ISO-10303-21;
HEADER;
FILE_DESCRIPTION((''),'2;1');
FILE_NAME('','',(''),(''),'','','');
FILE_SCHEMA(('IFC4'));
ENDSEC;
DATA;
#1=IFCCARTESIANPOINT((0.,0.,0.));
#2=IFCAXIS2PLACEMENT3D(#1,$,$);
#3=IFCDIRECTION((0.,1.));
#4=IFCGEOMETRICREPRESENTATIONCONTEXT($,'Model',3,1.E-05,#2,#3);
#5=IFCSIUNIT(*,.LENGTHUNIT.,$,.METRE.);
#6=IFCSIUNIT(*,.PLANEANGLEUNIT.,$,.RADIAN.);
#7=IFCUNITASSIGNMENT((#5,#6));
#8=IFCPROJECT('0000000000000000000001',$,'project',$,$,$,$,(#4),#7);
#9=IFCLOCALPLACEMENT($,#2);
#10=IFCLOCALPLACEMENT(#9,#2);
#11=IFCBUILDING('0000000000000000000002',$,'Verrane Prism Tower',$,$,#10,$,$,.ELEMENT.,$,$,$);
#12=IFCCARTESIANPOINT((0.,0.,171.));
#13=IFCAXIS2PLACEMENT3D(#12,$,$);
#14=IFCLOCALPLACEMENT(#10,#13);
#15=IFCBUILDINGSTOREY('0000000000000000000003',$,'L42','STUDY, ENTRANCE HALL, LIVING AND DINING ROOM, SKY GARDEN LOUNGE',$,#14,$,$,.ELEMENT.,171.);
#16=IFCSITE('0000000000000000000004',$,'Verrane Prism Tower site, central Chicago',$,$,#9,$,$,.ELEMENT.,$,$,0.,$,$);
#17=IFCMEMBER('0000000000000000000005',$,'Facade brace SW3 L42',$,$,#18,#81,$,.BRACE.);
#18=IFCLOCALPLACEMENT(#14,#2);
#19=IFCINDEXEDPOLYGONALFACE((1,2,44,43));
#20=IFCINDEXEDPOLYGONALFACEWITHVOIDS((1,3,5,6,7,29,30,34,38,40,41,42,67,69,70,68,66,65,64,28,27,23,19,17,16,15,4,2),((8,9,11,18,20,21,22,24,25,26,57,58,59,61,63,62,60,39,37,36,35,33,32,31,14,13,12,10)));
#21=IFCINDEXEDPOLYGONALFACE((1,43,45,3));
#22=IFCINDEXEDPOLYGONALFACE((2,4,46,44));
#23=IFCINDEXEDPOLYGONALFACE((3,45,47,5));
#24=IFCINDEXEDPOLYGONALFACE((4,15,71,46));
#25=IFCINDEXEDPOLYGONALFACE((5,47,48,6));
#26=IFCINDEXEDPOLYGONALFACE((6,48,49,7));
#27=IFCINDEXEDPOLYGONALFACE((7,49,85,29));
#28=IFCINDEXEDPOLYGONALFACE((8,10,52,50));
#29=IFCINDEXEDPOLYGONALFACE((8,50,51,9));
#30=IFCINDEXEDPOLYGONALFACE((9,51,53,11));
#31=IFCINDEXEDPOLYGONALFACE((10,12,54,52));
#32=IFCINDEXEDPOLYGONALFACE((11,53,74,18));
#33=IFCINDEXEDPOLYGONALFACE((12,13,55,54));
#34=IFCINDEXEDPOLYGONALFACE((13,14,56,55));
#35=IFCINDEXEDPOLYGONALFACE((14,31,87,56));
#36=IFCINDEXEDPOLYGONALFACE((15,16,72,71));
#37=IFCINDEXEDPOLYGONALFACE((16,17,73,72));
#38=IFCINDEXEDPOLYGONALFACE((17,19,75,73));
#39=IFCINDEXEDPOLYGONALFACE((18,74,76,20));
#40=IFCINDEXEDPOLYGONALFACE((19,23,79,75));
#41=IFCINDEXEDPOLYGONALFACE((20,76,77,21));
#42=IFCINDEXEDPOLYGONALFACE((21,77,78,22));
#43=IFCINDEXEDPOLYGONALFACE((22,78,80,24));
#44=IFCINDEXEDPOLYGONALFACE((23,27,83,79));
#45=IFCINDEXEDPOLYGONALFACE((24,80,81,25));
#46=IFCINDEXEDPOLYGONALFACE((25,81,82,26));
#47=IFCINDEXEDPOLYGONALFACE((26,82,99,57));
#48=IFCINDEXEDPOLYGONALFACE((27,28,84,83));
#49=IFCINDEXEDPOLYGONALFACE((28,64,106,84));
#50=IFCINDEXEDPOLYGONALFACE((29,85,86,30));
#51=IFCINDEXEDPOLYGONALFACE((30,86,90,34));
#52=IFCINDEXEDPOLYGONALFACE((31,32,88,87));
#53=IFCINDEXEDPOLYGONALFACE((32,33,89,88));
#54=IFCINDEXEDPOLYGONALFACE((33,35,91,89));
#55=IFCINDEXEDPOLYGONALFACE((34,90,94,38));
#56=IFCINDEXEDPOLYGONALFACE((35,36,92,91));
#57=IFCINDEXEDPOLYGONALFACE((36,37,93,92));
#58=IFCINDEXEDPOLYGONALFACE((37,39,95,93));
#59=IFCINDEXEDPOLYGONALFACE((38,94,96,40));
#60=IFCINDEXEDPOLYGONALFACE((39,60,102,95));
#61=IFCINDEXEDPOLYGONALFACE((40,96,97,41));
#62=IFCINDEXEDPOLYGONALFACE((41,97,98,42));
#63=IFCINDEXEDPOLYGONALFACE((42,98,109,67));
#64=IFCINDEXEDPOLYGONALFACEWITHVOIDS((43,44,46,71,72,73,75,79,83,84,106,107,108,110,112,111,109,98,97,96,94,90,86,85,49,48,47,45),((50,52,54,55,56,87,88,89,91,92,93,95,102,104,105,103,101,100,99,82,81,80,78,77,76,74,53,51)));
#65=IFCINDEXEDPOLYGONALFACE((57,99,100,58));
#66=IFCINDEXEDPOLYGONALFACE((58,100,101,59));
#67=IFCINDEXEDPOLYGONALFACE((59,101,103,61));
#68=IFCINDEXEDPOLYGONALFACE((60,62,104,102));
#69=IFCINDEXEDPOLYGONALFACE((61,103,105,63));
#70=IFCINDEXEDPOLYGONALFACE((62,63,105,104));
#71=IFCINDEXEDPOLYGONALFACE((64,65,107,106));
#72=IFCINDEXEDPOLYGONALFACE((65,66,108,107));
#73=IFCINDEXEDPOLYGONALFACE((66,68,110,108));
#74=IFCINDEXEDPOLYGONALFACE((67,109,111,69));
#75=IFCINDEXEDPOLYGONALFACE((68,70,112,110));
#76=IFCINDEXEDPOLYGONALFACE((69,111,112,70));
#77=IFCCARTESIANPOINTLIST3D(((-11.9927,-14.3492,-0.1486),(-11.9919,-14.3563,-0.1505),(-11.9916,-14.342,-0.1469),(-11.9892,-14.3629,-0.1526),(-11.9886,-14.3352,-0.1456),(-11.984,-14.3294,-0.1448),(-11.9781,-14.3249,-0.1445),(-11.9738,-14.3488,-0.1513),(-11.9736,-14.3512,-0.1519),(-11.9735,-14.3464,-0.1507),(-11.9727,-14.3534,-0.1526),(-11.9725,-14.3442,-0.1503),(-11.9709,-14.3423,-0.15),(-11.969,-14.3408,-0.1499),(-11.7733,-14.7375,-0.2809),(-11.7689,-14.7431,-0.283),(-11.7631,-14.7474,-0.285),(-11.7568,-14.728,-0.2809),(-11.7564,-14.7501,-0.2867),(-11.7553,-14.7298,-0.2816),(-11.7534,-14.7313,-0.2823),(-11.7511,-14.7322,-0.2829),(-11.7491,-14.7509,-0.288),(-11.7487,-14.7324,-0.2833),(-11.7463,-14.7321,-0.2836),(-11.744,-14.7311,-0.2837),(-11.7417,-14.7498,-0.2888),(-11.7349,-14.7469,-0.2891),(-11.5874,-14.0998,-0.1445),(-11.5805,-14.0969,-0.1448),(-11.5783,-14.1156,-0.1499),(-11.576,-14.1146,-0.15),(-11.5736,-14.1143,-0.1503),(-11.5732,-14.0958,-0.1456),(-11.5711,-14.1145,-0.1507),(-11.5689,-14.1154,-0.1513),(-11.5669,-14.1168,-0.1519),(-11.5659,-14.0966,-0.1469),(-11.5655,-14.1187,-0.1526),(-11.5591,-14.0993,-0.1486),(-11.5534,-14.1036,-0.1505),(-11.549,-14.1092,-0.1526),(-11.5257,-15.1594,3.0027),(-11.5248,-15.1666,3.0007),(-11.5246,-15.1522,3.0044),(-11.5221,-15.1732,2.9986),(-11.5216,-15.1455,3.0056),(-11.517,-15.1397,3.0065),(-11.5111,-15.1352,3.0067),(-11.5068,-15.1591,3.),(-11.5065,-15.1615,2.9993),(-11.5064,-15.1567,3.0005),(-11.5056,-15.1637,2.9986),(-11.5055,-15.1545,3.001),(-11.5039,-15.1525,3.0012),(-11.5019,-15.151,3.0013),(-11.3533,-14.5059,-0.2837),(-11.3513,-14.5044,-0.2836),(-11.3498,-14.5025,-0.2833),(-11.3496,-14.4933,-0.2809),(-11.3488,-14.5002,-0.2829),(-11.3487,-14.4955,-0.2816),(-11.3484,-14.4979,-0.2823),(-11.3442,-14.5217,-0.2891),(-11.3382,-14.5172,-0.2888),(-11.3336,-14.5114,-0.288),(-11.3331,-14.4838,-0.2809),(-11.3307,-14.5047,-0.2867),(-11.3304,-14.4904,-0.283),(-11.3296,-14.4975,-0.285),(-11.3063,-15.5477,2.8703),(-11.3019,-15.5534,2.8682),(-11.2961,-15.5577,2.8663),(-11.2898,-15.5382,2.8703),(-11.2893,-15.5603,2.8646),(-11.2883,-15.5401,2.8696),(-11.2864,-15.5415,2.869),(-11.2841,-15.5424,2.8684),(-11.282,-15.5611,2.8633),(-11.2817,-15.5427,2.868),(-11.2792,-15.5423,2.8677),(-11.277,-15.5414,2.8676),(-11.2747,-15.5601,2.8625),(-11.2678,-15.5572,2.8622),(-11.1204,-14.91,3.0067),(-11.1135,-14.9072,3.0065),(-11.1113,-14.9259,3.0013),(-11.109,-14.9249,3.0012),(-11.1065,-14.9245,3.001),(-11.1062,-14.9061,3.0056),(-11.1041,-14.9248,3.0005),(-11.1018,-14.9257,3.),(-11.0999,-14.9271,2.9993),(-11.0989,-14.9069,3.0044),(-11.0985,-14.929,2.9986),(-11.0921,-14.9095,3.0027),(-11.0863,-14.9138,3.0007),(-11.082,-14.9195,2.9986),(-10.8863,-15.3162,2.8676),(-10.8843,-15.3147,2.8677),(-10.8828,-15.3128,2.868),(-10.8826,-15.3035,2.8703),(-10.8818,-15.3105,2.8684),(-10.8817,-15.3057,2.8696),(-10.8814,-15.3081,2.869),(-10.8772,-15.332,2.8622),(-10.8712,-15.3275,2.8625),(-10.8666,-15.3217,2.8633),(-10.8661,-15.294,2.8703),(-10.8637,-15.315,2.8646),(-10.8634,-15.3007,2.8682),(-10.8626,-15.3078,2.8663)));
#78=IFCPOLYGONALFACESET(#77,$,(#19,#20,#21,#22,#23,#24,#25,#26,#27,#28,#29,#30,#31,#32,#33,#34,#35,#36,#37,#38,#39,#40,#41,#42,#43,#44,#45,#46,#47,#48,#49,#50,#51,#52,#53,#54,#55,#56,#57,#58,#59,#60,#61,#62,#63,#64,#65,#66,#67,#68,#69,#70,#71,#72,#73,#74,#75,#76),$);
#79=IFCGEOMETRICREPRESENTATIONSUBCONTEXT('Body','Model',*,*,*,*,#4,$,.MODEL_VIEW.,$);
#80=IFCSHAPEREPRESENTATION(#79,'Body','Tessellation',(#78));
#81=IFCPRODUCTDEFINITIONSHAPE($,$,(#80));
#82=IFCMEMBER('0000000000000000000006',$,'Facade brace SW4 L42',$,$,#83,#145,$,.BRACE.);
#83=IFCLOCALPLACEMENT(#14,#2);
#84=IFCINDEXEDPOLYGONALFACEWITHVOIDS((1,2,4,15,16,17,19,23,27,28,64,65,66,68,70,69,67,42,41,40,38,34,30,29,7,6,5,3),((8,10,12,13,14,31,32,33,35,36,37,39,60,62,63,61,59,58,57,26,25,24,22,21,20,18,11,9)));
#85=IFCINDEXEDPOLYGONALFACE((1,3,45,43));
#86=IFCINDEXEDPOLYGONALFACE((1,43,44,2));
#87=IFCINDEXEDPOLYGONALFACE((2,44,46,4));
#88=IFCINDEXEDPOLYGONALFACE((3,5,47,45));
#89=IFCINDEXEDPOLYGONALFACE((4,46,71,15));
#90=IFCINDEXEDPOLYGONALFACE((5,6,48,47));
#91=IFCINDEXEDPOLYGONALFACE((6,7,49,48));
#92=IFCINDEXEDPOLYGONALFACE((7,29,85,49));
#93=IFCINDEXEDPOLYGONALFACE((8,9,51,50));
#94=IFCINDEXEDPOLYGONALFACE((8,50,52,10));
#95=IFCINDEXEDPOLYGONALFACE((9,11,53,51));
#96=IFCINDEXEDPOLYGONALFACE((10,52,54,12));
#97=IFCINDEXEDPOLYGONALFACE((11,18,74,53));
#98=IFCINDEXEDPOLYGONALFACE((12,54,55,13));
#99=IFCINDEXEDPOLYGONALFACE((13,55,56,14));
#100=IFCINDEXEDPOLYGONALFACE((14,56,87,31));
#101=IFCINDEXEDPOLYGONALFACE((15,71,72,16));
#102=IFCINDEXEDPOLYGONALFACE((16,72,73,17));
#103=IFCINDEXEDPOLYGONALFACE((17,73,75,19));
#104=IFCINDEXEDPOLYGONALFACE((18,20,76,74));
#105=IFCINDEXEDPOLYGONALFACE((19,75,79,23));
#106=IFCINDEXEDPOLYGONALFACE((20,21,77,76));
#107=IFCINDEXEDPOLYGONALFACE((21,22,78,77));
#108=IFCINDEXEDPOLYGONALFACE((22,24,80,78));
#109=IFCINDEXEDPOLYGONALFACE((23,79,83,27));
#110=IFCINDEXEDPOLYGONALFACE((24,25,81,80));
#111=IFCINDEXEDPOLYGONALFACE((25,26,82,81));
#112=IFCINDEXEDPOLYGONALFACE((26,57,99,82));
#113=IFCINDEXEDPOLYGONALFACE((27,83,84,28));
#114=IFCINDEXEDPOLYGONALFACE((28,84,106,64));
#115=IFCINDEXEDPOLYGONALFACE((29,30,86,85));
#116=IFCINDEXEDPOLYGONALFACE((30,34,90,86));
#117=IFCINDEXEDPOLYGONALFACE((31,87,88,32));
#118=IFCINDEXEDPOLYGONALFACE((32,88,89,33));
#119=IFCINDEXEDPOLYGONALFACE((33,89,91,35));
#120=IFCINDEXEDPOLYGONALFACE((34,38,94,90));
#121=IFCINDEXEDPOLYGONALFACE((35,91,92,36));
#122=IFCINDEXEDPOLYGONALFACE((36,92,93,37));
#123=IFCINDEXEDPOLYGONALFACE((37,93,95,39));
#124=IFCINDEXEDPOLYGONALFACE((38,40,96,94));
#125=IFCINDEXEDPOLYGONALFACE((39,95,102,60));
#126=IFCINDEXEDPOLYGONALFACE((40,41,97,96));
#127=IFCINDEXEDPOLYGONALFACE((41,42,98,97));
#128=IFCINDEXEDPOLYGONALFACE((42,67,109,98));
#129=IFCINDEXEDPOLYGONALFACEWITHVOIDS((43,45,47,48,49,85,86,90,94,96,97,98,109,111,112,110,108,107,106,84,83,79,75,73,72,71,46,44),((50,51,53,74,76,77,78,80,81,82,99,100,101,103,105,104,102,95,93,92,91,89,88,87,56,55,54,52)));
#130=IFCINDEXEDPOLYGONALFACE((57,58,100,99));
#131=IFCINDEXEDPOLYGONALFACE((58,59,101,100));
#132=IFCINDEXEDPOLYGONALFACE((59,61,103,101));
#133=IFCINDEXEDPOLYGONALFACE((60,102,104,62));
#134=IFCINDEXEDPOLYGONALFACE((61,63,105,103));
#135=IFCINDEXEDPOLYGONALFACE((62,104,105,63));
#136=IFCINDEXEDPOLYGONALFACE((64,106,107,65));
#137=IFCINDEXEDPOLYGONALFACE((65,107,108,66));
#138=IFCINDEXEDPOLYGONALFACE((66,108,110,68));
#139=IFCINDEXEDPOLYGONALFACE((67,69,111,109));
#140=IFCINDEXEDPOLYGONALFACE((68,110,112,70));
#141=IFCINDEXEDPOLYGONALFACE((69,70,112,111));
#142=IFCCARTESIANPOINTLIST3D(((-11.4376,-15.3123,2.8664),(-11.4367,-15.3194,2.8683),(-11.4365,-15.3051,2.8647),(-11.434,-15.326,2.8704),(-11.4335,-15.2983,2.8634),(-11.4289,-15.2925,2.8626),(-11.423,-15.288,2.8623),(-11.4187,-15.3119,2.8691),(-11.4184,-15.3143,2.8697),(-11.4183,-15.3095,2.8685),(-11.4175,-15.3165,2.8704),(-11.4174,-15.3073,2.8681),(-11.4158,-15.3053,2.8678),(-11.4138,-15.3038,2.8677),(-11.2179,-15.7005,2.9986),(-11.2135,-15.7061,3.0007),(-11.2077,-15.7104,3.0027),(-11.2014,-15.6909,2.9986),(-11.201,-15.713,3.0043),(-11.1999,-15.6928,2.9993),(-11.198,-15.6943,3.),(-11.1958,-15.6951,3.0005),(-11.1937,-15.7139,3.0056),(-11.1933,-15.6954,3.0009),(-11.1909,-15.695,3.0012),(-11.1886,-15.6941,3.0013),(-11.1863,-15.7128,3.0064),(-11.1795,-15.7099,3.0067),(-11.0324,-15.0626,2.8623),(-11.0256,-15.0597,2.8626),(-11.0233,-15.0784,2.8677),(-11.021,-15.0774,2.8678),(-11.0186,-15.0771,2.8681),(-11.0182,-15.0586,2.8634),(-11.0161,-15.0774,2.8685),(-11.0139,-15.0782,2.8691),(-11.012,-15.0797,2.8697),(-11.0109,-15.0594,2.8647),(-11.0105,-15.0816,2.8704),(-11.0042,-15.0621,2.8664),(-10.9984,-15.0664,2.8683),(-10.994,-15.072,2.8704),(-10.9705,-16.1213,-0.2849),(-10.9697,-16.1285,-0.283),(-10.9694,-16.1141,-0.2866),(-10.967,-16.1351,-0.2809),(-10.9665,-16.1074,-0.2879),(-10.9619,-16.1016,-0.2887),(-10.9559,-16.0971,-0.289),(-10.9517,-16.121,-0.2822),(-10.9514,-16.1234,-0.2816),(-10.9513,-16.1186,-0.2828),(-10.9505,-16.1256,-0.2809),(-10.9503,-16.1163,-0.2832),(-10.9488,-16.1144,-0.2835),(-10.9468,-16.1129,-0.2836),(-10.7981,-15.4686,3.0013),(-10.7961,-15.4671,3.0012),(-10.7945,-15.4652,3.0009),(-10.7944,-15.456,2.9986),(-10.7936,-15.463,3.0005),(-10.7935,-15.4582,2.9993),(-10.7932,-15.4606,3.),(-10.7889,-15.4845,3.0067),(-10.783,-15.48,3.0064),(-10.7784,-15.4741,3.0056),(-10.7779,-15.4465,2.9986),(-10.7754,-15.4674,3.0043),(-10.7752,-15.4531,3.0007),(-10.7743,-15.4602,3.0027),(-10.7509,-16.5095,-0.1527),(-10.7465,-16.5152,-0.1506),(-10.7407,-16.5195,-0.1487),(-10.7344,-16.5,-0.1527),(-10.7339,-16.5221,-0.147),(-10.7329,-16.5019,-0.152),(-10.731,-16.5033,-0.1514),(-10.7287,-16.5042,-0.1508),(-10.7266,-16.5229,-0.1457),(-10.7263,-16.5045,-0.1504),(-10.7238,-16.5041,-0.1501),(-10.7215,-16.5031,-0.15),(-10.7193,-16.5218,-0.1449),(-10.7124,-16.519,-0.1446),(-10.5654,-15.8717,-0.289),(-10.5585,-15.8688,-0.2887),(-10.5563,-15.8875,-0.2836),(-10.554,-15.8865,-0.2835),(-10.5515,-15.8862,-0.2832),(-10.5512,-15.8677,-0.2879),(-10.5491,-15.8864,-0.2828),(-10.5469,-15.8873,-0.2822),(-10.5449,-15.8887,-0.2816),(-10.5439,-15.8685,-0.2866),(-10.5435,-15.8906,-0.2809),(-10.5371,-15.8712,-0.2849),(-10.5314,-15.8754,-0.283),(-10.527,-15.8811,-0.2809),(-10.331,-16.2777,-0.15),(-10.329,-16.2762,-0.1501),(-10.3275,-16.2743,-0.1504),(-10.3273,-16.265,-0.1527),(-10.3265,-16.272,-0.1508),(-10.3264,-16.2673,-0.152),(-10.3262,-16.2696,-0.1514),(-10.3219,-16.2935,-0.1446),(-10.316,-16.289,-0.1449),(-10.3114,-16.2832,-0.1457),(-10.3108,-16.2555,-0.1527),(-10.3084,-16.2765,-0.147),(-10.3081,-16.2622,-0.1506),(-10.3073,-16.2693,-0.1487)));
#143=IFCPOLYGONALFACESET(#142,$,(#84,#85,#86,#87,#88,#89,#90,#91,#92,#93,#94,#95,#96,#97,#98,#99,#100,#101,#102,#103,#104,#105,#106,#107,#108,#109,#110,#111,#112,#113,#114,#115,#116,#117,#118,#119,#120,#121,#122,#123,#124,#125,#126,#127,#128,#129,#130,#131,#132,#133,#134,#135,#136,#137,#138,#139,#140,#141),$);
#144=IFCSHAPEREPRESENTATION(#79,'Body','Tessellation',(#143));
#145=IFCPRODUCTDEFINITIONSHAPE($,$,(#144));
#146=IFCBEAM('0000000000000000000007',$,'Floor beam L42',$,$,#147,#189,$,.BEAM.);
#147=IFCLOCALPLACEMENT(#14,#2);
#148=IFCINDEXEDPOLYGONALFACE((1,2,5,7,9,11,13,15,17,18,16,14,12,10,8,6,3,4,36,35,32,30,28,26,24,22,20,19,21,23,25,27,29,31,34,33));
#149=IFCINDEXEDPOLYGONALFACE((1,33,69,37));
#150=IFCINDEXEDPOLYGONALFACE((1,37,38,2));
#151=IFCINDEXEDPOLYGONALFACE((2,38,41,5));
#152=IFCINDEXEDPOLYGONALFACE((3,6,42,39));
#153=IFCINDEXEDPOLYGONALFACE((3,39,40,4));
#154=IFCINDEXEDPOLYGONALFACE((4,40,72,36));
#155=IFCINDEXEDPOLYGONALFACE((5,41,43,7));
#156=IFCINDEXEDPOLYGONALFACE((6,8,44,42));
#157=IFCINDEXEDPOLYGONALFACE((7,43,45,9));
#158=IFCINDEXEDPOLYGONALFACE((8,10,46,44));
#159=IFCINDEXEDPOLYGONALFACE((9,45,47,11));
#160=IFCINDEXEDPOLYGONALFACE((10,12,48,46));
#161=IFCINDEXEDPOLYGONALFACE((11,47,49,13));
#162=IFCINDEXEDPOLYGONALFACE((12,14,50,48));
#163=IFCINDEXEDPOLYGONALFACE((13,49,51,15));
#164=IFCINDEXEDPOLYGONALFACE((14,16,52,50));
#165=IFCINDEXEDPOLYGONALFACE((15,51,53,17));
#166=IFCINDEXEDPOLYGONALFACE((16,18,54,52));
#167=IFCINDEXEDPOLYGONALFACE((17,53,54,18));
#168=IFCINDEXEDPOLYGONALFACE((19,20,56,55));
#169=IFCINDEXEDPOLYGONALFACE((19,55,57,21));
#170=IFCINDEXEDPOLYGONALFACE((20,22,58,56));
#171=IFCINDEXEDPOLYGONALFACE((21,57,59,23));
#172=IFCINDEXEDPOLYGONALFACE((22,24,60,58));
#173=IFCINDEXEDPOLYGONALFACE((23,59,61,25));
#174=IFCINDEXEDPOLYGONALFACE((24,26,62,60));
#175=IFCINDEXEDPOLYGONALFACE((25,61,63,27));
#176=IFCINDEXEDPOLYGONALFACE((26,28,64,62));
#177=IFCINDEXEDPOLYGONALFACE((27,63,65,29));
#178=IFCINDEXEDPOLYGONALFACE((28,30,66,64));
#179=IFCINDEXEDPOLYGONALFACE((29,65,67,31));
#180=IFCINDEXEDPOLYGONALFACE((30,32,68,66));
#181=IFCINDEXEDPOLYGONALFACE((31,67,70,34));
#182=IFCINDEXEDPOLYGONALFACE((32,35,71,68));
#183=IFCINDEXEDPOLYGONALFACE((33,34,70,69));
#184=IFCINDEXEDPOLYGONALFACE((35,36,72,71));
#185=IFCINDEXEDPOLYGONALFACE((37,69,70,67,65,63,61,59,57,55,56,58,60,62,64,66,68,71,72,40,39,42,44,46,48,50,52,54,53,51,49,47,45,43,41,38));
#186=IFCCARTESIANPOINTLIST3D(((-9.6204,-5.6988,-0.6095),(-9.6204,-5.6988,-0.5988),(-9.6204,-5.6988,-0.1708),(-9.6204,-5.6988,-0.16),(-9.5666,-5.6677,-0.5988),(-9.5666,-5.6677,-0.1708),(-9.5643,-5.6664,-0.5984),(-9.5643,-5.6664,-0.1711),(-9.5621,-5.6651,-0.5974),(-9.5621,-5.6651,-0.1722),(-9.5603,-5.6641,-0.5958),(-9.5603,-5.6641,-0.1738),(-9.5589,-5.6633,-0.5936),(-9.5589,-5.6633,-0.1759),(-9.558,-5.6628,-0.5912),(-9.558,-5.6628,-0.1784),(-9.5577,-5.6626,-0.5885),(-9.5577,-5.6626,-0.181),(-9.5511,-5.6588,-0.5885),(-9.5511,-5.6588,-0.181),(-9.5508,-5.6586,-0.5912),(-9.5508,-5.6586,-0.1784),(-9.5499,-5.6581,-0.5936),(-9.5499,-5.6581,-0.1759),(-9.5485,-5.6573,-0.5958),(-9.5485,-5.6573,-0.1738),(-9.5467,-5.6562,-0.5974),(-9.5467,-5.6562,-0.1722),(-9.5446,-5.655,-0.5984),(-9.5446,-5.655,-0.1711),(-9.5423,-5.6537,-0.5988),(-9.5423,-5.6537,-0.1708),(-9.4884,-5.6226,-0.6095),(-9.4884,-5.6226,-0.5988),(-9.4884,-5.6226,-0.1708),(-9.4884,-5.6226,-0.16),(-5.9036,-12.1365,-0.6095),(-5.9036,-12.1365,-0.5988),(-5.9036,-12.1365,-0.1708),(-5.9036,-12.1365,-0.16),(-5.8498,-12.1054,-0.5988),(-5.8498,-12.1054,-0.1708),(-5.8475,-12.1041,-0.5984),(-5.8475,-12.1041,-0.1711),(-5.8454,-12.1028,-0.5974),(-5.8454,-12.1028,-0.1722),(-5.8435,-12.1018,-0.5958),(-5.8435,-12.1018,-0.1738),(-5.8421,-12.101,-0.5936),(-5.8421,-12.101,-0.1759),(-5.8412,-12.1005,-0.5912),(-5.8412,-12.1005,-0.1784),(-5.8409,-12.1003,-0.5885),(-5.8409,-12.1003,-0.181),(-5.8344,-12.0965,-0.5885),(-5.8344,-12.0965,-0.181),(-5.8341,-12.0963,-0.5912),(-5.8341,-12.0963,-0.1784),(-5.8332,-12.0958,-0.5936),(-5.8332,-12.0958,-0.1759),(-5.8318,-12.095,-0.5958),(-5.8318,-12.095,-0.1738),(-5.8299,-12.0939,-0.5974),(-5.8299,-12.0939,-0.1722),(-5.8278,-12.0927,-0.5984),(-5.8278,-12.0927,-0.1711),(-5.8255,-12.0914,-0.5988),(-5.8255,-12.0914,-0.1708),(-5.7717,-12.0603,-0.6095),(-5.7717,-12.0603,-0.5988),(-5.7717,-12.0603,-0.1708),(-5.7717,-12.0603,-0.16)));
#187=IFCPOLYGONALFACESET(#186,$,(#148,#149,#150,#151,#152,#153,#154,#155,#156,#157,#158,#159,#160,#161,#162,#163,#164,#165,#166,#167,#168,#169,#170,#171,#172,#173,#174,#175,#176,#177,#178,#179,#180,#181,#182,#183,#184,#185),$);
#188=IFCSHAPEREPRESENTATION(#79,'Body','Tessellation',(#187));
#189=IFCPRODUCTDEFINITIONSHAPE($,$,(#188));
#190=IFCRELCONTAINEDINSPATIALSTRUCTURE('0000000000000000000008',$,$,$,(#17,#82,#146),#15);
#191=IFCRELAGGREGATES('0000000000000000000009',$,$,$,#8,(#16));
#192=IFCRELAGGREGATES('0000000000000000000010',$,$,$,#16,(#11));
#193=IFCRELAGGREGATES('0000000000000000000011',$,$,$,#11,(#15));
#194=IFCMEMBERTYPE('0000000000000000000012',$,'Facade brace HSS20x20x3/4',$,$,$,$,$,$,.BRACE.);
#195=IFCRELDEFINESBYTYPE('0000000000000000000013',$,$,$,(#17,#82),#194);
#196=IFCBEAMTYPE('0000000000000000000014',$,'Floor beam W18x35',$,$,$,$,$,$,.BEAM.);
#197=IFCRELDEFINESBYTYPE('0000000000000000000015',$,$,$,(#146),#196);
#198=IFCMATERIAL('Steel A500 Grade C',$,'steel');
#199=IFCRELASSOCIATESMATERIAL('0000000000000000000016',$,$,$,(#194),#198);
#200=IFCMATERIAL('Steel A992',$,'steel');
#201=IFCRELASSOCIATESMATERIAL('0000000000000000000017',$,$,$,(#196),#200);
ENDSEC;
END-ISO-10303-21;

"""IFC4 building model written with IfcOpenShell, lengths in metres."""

from ifc_helpers import new_model, si_unit, direction, frame, origin, origin_2d, place, context, subcontext, project, spatial, hollow_rectangle, i_section, extrude, material, material_profile, profile_set, type_object, element, save


model = new_model("IFC4")

# Units and contexts
model_context = context("Model", 3, precision=1e-05, world=origin(), true_north=direction((0.0, 1.0)))
body_context = subcontext(model_context, "Body", "Model", "MODEL_VIEW")
ifc_project = project(units=[si_unit("LENGTHUNIT", "METRE"), si_unit("PLANEANGLEUNIT", "RADIAN")], contexts=[model_context])

# Site, building, storey
site_placement = place(None, origin())
site = spatial("IfcSite", under=ifc_project, at=site_placement, Name="Verrane Prism Tower site, central Chicago", CompositionType="ELEMENT", RefElevation=0.0)
building_placement = place(site_placement, origin())
building = spatial("IfcBuilding", under=site, at=building_placement, Name="Verrane Prism Tower", CompositionType="ELEMENT")
storey_placement = place(building_placement, frame((0.0, 0.0, 171.0)))
storey = spatial("IfcBuildingStorey", under=building, at=storey_placement, Name="L42", Description="STUDY, ENTRANCE HALL, LIVING AND DINING ROOM, SKY GARDEN LOUNGE", CompositionType="ELEMENT", Elevation=171.0)

# Members
ifc_material_1 = material(Name="Steel A500 Grade C", Category="steel")
ifc_material_profile_1 = material_profile(ifc_material_1, hollow_rectangle(XDim=0.5081, YDim=0.5081, WallThickness=0.019, InnerFilletRadius=0.0095, OuterFilletRadius=0.0286, at=origin_2d()), Name="HSS20x20x3/4")
ifc_profile_set_1 = profile_set([ifc_material_profile_1], Name="Steel A500 Grade C")
member_type_1 = type_object("IfcMemberType", Name="Facade brace HSS20x20x3/4", PredefinedType="BRACE", material=ifc_profile_set_1)
member_1_placement = place(storey_placement, frame((-11.6611, -14.4233, -0.2168), z_axis=(0.142078, -0.246501, 0.958672), x_axis=(0.86639, 0.499368, 0.0)))
element("IfcMember", 1, at=member_1_placement, inside=storey, type_object=member_type_1, Name="Facade brace SW3 L42", PredefinedType="BRACE", context=body_context, shape_type="SweptSolid", body=[
    extrude(hollow_rectangle(XDim=0.5081, YDim=0.5081, WallThickness=0.019, InnerFilletRadius=0.0095, OuterFilletRadius=0.0286, at=origin_2d()), origin(), (0.0, 0.0, 1.0), 3.2871),
])
member_2_placement = place(storey_placement, frame((-10.6389, -16.1953, -0.2168), z_axis=(-0.142091, 0.246152, 0.958759), x_axis=(-0.866064, -0.499934, 0.0)))
element("IfcMember", 2, at=member_2_placement, inside=storey, type_object=member_type_1, Name="Facade brace SW4 L42", PredefinedType="BRACE", context=body_context, shape_type="SweptSolid", body=[
    extrude(hollow_rectangle(XDim=0.5081, YDim=0.5081, WallThickness=0.019, InnerFilletRadius=0.0095, OuterFilletRadius=0.0286, at=origin_2d()), origin(), (0.0, 0.0, 1.0), 3.2869),
])

# Beam
ifc_material_2 = material(Name="Steel A992", Category="steel")
ifc_material_profile_2 = material_profile(ifc_material_2, i_section(OverallWidth=0.1523, OverallDepth=0.4495, WebThickness=0.0076, FlangeThickness=0.0107, FilletRadius=0.0103, at=origin_2d()), Name="W18x35")
ifc_profile_set_2 = profile_set([ifc_material_profile_2], Name="Steel A992")
beam_type_1 = type_object("IfcBeamType", Name="Floor beam W18x35", PredefinedType="BEAM", material=ifc_profile_set_2)
beam_1_placement = place(storey_placement, frame((-5.8376, -12.0984, -0.3848), z_axis=(-0.499996, 0.866028, 0.0), x_axis=(-0.866028, -0.499996, 0.0)))
element("IfcBeam", 3, at=beam_1_placement, inside=storey, type_object=beam_type_1, Name="Floor beam L42", PredefinedType="BEAM", context=body_context, shape_type="SweptSolid", body=[
    extrude(i_section(OverallWidth=0.1523, OverallDepth=0.4495, WebThickness=0.0076, FlangeThickness=0.0107, FilletRadius=0.0103, at=origin_2d()), origin(), (0.0, 0.0, 1.0), 7.4336),
])

save(model, "model.ifc")
